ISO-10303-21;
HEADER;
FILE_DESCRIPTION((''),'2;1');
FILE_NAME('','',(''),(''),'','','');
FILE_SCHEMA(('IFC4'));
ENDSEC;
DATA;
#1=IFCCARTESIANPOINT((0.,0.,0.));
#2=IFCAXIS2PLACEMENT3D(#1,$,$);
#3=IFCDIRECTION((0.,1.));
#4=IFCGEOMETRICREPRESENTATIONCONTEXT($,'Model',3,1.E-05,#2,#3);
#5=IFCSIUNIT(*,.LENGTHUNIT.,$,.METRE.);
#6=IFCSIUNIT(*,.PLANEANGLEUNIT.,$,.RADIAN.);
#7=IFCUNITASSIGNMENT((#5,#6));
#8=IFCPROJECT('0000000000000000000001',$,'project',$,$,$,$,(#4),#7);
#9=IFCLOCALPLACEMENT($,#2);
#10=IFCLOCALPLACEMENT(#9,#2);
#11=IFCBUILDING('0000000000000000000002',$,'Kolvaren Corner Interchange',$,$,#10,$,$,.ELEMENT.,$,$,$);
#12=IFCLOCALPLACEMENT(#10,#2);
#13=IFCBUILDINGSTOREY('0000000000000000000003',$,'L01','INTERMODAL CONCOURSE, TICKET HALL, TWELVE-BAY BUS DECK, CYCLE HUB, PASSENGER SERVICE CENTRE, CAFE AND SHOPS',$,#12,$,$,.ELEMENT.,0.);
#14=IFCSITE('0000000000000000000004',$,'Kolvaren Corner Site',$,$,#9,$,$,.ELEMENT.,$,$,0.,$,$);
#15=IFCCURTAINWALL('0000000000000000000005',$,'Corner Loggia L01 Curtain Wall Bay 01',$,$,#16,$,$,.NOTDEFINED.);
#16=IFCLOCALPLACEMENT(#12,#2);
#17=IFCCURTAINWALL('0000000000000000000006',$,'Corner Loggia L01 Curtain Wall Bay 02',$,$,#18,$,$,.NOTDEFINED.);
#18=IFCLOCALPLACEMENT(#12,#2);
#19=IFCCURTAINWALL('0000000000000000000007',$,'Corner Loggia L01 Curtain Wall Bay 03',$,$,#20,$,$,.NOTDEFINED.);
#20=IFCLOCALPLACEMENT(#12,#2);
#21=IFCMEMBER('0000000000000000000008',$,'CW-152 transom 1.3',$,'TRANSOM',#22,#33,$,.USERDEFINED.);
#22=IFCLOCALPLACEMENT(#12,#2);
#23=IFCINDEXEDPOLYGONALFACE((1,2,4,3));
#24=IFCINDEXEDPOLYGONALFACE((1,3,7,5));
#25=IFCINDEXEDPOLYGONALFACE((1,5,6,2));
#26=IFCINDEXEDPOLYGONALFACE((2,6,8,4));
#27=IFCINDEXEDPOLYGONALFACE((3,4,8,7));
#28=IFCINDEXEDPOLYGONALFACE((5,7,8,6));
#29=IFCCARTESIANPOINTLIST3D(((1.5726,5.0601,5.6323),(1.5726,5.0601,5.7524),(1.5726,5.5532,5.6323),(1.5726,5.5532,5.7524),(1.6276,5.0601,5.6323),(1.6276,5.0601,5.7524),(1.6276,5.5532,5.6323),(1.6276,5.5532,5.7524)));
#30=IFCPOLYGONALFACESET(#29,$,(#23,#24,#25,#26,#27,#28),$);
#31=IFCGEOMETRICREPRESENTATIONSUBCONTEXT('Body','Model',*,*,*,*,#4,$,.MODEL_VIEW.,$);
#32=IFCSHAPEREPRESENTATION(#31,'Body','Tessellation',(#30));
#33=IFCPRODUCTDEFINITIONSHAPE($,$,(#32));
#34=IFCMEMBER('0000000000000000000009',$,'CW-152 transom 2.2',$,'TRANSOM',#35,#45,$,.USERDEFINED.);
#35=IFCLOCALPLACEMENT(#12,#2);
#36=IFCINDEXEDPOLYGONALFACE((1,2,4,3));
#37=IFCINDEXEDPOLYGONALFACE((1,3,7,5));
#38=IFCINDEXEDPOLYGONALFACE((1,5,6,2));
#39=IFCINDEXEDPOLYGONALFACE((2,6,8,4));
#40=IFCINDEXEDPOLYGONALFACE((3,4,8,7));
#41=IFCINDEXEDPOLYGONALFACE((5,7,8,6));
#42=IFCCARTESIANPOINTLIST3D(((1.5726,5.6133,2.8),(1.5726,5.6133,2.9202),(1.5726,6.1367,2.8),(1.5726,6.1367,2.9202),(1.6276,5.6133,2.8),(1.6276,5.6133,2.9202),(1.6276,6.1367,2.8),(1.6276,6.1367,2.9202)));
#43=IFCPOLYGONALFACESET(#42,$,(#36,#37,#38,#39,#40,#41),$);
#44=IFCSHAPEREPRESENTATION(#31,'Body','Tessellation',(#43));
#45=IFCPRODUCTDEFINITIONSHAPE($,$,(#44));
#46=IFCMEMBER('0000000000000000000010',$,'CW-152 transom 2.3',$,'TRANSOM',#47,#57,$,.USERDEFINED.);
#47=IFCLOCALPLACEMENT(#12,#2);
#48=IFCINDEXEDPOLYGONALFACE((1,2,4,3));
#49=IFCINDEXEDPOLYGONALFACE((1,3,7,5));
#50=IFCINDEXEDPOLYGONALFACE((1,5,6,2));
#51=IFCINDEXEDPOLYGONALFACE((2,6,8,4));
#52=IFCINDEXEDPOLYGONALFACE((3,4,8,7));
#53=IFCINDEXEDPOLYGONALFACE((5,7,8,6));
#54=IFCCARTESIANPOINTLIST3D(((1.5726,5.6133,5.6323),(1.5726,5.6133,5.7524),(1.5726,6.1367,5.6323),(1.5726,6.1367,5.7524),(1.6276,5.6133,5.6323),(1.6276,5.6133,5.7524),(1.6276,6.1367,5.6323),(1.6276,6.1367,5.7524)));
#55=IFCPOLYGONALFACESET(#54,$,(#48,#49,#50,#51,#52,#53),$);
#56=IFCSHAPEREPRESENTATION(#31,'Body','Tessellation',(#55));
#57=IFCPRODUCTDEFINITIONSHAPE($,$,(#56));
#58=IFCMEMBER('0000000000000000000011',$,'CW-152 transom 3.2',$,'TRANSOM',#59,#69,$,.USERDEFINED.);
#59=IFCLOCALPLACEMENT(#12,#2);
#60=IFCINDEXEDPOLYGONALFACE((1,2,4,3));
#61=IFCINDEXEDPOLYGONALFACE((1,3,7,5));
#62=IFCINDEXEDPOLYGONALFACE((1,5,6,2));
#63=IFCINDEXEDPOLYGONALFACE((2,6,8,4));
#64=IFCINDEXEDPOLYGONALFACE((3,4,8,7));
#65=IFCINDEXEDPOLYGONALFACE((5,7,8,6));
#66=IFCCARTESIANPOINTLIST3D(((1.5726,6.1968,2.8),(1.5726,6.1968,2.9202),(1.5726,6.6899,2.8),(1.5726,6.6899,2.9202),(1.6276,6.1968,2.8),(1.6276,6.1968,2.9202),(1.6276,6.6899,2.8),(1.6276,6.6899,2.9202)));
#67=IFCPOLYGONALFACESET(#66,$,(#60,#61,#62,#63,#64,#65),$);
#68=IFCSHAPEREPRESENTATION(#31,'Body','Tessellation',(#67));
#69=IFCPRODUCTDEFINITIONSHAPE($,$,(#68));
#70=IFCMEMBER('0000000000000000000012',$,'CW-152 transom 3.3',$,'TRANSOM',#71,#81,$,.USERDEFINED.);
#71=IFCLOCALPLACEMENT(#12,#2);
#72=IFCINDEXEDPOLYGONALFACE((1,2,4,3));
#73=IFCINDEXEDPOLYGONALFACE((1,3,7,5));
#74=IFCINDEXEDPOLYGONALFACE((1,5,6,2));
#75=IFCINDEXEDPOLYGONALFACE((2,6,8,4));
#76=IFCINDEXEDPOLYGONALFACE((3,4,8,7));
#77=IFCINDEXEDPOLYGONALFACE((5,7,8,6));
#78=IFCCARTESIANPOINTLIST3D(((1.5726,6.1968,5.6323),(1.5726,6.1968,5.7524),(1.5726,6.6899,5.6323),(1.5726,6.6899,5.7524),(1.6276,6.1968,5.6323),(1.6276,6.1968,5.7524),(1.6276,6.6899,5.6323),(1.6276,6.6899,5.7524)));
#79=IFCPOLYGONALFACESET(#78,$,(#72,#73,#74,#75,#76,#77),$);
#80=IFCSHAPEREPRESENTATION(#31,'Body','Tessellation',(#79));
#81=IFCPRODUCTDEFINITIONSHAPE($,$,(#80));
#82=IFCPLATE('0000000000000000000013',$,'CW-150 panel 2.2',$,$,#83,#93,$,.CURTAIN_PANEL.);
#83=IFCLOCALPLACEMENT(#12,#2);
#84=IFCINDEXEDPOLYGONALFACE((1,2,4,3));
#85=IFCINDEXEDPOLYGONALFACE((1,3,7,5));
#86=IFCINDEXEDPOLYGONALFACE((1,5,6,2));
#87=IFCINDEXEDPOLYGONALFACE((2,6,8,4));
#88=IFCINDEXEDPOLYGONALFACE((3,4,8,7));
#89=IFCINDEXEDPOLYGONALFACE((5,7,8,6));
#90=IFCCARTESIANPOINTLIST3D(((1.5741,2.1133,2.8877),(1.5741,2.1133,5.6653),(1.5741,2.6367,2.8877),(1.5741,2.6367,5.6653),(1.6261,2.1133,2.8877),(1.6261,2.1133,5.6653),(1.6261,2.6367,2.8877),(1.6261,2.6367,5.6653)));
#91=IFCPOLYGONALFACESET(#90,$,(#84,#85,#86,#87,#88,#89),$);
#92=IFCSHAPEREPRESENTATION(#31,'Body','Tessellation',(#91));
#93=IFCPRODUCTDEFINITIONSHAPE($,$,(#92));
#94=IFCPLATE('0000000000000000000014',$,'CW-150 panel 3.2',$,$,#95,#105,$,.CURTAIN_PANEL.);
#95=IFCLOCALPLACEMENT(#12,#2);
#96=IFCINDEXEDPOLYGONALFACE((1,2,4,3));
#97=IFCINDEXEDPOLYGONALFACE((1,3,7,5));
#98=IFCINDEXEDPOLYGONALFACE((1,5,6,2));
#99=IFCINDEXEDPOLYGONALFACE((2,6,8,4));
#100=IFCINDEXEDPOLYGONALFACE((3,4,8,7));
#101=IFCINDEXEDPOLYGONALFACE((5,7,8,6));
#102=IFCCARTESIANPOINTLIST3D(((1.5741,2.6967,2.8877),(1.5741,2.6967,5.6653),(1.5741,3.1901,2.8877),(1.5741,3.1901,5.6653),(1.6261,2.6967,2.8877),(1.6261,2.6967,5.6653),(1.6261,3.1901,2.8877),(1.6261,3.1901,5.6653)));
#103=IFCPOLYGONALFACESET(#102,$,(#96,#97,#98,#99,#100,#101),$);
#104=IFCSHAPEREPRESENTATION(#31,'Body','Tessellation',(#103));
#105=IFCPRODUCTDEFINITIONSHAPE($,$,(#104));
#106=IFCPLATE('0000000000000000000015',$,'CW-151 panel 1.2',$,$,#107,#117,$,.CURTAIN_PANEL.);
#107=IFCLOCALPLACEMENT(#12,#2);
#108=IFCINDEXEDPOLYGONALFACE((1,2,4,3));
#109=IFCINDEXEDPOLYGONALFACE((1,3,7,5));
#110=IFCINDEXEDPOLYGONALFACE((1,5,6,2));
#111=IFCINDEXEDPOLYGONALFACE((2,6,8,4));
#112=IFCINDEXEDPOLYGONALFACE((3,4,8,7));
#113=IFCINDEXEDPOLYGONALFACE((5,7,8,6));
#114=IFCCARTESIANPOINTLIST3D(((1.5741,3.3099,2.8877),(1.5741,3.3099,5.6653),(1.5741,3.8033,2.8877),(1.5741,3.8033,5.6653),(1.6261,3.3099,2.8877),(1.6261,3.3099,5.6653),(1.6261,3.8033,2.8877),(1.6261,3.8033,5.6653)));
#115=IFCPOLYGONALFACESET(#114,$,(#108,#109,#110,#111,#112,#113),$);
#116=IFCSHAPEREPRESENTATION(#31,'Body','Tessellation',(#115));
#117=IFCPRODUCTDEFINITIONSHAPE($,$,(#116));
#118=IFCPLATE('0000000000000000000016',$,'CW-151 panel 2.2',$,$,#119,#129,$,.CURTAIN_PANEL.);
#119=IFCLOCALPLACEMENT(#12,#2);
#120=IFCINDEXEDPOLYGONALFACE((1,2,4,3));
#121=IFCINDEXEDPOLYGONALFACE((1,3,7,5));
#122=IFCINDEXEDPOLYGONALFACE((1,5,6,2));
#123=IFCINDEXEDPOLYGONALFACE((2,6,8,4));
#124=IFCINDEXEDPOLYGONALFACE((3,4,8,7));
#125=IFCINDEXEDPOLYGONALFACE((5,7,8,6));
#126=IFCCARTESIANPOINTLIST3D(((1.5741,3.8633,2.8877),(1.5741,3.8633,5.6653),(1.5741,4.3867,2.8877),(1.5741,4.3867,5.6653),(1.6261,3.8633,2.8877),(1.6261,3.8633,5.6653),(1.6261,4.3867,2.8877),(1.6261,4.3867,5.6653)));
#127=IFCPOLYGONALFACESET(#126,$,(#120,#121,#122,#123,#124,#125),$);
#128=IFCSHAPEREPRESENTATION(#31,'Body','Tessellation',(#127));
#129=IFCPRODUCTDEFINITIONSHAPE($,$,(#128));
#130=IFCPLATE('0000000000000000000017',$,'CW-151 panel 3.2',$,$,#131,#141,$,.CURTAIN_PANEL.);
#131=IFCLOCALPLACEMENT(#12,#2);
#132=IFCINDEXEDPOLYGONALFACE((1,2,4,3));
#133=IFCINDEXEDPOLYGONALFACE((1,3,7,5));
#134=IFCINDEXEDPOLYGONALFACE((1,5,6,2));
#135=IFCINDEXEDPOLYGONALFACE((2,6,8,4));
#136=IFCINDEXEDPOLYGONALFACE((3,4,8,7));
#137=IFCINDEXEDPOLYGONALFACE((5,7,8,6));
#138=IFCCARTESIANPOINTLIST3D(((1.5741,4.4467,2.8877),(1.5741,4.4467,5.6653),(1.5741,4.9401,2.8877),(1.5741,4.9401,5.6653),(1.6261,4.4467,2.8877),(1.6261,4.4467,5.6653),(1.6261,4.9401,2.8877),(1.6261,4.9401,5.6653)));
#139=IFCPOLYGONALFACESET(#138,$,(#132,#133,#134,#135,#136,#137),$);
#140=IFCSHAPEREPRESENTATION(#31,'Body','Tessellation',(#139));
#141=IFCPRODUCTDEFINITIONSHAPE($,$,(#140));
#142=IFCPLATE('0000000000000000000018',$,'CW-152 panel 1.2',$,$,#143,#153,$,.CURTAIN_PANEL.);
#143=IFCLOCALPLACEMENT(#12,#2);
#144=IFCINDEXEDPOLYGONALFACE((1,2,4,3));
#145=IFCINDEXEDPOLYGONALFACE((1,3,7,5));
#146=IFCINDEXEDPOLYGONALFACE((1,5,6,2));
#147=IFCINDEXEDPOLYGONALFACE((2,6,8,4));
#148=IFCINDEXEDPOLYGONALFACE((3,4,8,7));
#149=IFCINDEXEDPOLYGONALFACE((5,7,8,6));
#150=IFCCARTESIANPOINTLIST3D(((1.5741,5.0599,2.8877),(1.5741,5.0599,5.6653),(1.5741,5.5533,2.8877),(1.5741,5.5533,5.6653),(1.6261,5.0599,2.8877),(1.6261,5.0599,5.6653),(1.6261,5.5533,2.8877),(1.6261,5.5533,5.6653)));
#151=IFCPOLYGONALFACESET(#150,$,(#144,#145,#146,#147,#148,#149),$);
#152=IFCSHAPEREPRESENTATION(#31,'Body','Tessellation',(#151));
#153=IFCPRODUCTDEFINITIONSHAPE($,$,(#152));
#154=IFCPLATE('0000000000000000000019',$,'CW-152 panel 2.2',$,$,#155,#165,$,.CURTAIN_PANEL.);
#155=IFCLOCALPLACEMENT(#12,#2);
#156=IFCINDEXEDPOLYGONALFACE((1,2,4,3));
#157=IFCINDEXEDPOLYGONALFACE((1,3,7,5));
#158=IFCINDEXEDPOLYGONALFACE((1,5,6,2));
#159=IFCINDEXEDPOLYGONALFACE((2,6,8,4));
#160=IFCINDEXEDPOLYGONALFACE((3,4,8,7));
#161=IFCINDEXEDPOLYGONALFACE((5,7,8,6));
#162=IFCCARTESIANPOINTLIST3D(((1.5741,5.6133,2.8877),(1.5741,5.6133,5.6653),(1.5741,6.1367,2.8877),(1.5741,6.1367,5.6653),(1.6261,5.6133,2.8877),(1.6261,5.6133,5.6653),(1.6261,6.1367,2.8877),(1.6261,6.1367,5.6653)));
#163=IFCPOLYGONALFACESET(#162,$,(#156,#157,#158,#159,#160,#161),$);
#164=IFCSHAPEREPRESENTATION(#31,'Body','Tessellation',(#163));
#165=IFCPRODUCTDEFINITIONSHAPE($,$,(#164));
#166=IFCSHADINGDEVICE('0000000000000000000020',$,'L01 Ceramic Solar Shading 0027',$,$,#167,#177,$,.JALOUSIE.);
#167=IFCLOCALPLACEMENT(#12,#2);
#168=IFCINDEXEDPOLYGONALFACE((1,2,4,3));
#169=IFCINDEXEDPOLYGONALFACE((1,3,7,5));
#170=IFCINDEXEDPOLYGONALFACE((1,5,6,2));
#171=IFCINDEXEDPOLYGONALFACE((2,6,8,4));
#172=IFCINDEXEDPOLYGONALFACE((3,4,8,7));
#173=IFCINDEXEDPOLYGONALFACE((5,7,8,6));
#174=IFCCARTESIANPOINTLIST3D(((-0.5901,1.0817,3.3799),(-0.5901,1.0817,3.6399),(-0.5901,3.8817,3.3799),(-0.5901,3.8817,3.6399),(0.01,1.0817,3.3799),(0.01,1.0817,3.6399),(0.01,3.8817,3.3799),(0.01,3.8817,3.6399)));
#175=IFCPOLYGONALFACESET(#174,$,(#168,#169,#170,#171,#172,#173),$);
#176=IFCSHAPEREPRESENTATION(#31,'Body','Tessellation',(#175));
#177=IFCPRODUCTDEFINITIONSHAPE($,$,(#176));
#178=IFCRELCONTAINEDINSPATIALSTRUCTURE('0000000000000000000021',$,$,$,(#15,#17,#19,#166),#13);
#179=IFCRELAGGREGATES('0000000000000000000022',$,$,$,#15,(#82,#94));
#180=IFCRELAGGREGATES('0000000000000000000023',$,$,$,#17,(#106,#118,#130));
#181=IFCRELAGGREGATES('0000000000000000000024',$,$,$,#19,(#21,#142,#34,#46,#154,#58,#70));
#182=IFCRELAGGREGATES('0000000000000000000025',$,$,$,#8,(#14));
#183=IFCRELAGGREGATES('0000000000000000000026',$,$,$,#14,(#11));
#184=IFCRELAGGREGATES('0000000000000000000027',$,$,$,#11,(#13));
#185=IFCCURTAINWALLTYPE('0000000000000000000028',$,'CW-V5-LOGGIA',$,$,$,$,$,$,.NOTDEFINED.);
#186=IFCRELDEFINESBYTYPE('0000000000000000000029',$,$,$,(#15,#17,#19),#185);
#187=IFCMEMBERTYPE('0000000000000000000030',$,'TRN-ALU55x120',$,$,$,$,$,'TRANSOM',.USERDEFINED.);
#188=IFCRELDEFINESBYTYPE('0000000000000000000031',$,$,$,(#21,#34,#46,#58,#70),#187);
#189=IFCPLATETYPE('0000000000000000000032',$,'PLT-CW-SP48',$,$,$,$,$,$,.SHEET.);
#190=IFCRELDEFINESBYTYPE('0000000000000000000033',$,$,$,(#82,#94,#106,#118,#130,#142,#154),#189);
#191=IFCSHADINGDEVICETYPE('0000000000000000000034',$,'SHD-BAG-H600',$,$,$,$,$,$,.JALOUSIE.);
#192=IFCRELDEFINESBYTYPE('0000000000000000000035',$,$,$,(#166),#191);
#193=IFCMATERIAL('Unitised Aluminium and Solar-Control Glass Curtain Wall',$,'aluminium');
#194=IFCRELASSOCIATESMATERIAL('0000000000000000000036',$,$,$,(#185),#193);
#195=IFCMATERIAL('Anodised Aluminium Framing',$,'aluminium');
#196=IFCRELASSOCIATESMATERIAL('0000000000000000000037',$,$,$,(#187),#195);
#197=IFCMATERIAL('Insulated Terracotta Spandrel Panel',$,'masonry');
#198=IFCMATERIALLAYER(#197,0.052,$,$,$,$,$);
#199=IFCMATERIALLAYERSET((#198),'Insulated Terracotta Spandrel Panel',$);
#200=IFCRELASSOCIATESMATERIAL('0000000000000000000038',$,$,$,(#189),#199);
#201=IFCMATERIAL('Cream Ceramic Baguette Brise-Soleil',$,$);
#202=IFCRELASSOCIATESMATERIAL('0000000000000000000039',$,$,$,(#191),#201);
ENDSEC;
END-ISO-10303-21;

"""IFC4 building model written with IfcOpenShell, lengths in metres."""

from ifc_helpers import new_model, si_unit, direction, frame, origin, origin_2d, place, context, subcontext, project, spatial, rectangle, extrude, material, layer, layer_set, material_profile, profile_set, type_object, element, aggregate, save


model = new_model("IFC4")

# Units and contexts
model_context = context("Model", 3, precision=1e-05, world=origin(), true_north=direction((0.0, 1.0)))
body_context = subcontext(model_context, "Body", "Model", "MODEL_VIEW")
ifc_project = project(units=[si_unit("LENGTHUNIT", "METRE"), si_unit("PLANEANGLEUNIT", "RADIAN")], contexts=[model_context])

# Site, building, storey
site_placement = place(None, origin())
site = spatial("IfcSite", under=ifc_project, at=site_placement, Name="Kolvaren Corner Site", CompositionType="ELEMENT", RefElevation=0.0)
building_placement = place(site_placement, origin())
building = spatial("IfcBuilding", under=site, at=building_placement, Name="Kolvaren Corner Interchange", CompositionType="ELEMENT")
storey_placement = place(building_placement, origin())
storey = spatial("IfcBuildingStorey", under=building, at=storey_placement, Name="L01", Description="INTERMODAL CONCOURSE, TICKET HALL, TWELVE-BAY BUS DECK, CYCLE HUB, PASSENGER SERVICE CENTRE, CAFE AND SHOPS", CompositionType="ELEMENT", Elevation=0.0)

# Curtain walls, members
ifc_material_1 = material(Name="Unitised Aluminium and Solar-Control Glass Curtain Wall", Category="aluminium")
curtain_wall_type = type_object("IfcCurtainWallType", Name="CW-V5-LOGGIA", PredefinedType="NOTDEFINED", material=ifc_material_1)
curtain_wall_1_placement = place(storey_placement, origin())
curtain_wall_1 = element("IfcCurtainWall", 1, at=curtain_wall_1_placement, inside=storey, type_object=curtain_wall_type, Name="Corner Loggia L01 Curtain Wall Bay 01", PredefinedType="NOTDEFINED")
ifc_material_2 = material(Name="Anodised Aluminium Framing", Category="aluminium")
ifc_material_profile_1 = material_profile(ifc_material_2, rectangle(XDim=0.0549, YDim=0.1201, at=origin_2d()), Name="ALU 55x120")
ifc_profile_set_1 = profile_set([ifc_material_profile_1], Name="Anodised Aluminium Framing")
member_type = type_object("IfcMemberType", Name="TRN-ALU55x120", ElementType="TRANSOM", PredefinedType="USERDEFINED", material=ifc_profile_set_1)
curtain_wall_2_placement = place(storey_placement, origin())
curtain_wall_2 = element("IfcCurtainWall", 2, at=curtain_wall_2_placement, inside=storey, type_object=curtain_wall_type, Name="Corner Loggia L01 Curtain Wall Bay 02", PredefinedType="NOTDEFINED")
curtain_wall_3_placement = place(storey_placement, origin())
curtain_wall_3 = element("IfcCurtainWall", 3, at=curtain_wall_3_placement, inside=storey, type_object=curtain_wall_type, Name="Corner Loggia L01 Curtain Wall Bay 03", PredefinedType="NOTDEFINED")
member_1_placement = place(storey_placement, frame((1.6001, 5.0601, 5.6924), z_axis=(0.0, 1.0, 0.0), x_axis=(-1.0, 0.0, 0.0)))
member_1 = element("IfcMember", 4, at=member_1_placement, type_object=member_type, Name="CW-152 transom 1.3", ObjectType="TRANSOM", PredefinedType="USERDEFINED", context=body_context, shape_type="SweptSolid", body=[
    extrude(rectangle(XDim=0.0549, YDim=0.1201, at=origin_2d()), origin(), (0.0, 0.0, 1.0), 0.4932),
])
member_2_placement = place(storey_placement, frame((1.6001, 5.6133, 2.8601), z_axis=(0.0, 1.0, 0.0), x_axis=(-1.0, 0.0, 0.0)))
member_2 = element("IfcMember", 5, at=member_2_placement, type_object=member_type, Name="CW-152 transom 2.2", ObjectType="TRANSOM", PredefinedType="USERDEFINED", context=body_context, shape_type="SweptSolid", body=[
    extrude(rectangle(XDim=0.0549, YDim=0.1201, at=origin_2d()), origin(), (0.0, 0.0, 1.0), 0.5234),
])
member_3_placement = place(storey_placement, frame((1.6001, 5.6133, 5.6924), z_axis=(0.0, 1.0, 0.0), x_axis=(-1.0, 0.0, 0.0)))
member_3 = element("IfcMember", 6, at=member_3_placement, type_object=member_type, Name="CW-152 transom 2.3", ObjectType="TRANSOM", PredefinedType="USERDEFINED", context=body_context, shape_type="SweptSolid", body=[
    extrude(rectangle(XDim=0.0549, YDim=0.1201, at=origin_2d()), origin(), (0.0, 0.0, 1.0), 0.5234),
])
member_4_placement = place(storey_placement, frame((1.6001, 6.1968, 2.8601), z_axis=(0.0, 1.0, 0.0), x_axis=(-1.0, 0.0, 0.0)))
member_4 = element("IfcMember", 7, at=member_4_placement, type_object=member_type, Name="CW-152 transom 3.2", ObjectType="TRANSOM", PredefinedType="USERDEFINED", context=body_context, shape_type="SweptSolid", body=[
    extrude(rectangle(XDim=0.0549, YDim=0.1201, at=origin_2d()), origin(), (0.0, 0.0, 1.0), 0.4932),
])
member_5_placement = place(storey_placement, frame((1.6001, 6.1968, 5.6924), z_axis=(0.0, 1.0, 0.0), x_axis=(-1.0, 0.0, 0.0)))
member_5 = element("IfcMember", 8, at=member_5_placement, type_object=member_type, Name="CW-152 transom 3.3", ObjectType="TRANSOM", PredefinedType="USERDEFINED", context=body_context, shape_type="SweptSolid", body=[
    extrude(rectangle(XDim=0.0549, YDim=0.1201, at=origin_2d()), origin(), (0.0, 0.0, 1.0), 0.4932),
])

# Plates
ifc_material_3 = material(Name="Insulated Terracotta Spandrel Panel", Category="masonry")
ifc_layer = layer(ifc_material_3, 0.052)
ifc_layer_set = layer_set([ifc_layer], Name="Insulated Terracotta Spandrel Panel")
plate_type = type_object("IfcPlateType", Name="PLT-CW-SP48", PredefinedType="SHEET", material=ifc_layer_set)
plate_1_placement = place(storey_placement, frame((1.6001, 2.375, 2.8877), z_axis=(0.0, 0.0, 1.0), x_axis=(0.0, 1.0, 0.0)))
plate_1 = element("IfcPlate", 9, at=plate_1_placement, type_object=plate_type, Name="CW-150 panel 2.2", PredefinedType="CURTAIN_PANEL", context=body_context, shape_type="SweptSolid", body=[
    extrude(rectangle(XDim=0.5234, YDim=0.052, at=origin_2d()), origin(), (0.0, 0.0, 1.0), 2.7776),
])
plate_2_placement = place(storey_placement, frame((1.6001, 2.9434, 2.8877), z_axis=(0.0, 0.0, 1.0), x_axis=(0.0, 1.0, 0.0)))
plate_2 = element("IfcPlate", 10, at=plate_2_placement, type_object=plate_type, Name="CW-150 panel 3.2", PredefinedType="CURTAIN_PANEL", context=body_context, shape_type="SweptSolid", body=[
    extrude(rectangle(XDim=0.4934, YDim=0.052, at=origin_2d()), origin(), (0.0, 0.0, 1.0), 2.7776),
])
aggregate(curtain_wall_1, [plate_1, plate_2])
plate_3_placement = place(storey_placement, frame((1.6001, 3.5566, 2.8877), z_axis=(0.0, 0.0, 1.0), x_axis=(0.0, 1.0, 0.0)))
plate_3 = element("IfcPlate", 11, at=plate_3_placement, type_object=plate_type, Name="CW-151 panel 1.2", PredefinedType="CURTAIN_PANEL", context=body_context, shape_type="SweptSolid", body=[
    extrude(rectangle(XDim=0.4934, YDim=0.052, at=origin_2d()), origin(), (0.0, 0.0, 1.0), 2.7776),
])
plate_4_placement = place(storey_placement, frame((1.6001, 4.125, 2.8877), z_axis=(0.0, 0.0, 1.0), x_axis=(0.0, 1.0, 0.0)))
plate_4 = element("IfcPlate", 12, at=plate_4_placement, type_object=plate_type, Name="CW-151 panel 2.2", PredefinedType="CURTAIN_PANEL", context=body_context, shape_type="SweptSolid", body=[
    extrude(rectangle(XDim=0.5234, YDim=0.052, at=origin_2d()), origin(), (0.0, 0.0, 1.0), 2.7776),
])
plate_5_placement = place(storey_placement, frame((1.6001, 4.6934, 2.8877), z_axis=(0.0, 0.0, 1.0), x_axis=(0.0, 1.0, 0.0)))
plate_5 = element("IfcPlate", 13, at=plate_5_placement, type_object=plate_type, Name="CW-151 panel 3.2", PredefinedType="CURTAIN_PANEL", context=body_context, shape_type="SweptSolid", body=[
    extrude(rectangle(XDim=0.4934, YDim=0.052, at=origin_2d()), origin(), (0.0, 0.0, 1.0), 2.7776),
])
aggregate(curtain_wall_2, [plate_3, plate_4, plate_5])
plate_6_placement = place(storey_placement, frame((1.6001, 5.3066, 2.8877), z_axis=(0.0, 0.0, 1.0), x_axis=(0.0, 1.0, 0.0)))
plate_6 = element("IfcPlate", 14, at=plate_6_placement, type_object=plate_type, Name="CW-152 panel 1.2", PredefinedType="CURTAIN_PANEL", context=body_context, shape_type="SweptSolid", body=[
    extrude(rectangle(XDim=0.4934, YDim=0.052, at=origin_2d()), origin(), (0.0, 0.0, 1.0), 2.7776),
])
plate_7_placement = place(storey_placement, frame((1.6001, 5.875, 2.8877), z_axis=(0.0, 0.0, 1.0), x_axis=(0.0, 1.0, 0.0)))
plate_7 = element("IfcPlate", 15, at=plate_7_placement, type_object=plate_type, Name="CW-152 panel 2.2", PredefinedType="CURTAIN_PANEL", context=body_context, shape_type="SweptSolid", body=[
    extrude(rectangle(XDim=0.5234, YDim=0.052, at=origin_2d()), origin(), (0.0, 0.0, 1.0), 2.7776),
])
aggregate(curtain_wall_3, [member_1, plate_6, member_2, member_3, plate_7, member_4, member_5])

# Shading device
ifc_material_4 = material(Name="Cream Ceramic Baguette Brise-Soleil")
shading_device_type = type_object("IfcShadingDeviceType", Name="SHD-BAG-H600", PredefinedType="JALOUSIE", material=ifc_material_4)
shading_device_placement = place(storey_placement, frame((-0.29, 2.4817, 3.3799), z_axis=(0.0, 0.0, 1.0), x_axis=(0.0, -1.0, 0.0)))
element("IfcShadingDevice", 16, at=shading_device_placement, inside=storey, type_object=shading_device_type, Name="L01 Ceramic Solar Shading 0027", PredefinedType="JALOUSIE", context=body_context, shape_type="SweptSolid", body=[
    extrude(rectangle(XDim=2.8, YDim=0.6001, at=origin_2d()), origin(), (0.0, 0.0, 1.0), 0.26),
])

save(model, "model.ifc")
